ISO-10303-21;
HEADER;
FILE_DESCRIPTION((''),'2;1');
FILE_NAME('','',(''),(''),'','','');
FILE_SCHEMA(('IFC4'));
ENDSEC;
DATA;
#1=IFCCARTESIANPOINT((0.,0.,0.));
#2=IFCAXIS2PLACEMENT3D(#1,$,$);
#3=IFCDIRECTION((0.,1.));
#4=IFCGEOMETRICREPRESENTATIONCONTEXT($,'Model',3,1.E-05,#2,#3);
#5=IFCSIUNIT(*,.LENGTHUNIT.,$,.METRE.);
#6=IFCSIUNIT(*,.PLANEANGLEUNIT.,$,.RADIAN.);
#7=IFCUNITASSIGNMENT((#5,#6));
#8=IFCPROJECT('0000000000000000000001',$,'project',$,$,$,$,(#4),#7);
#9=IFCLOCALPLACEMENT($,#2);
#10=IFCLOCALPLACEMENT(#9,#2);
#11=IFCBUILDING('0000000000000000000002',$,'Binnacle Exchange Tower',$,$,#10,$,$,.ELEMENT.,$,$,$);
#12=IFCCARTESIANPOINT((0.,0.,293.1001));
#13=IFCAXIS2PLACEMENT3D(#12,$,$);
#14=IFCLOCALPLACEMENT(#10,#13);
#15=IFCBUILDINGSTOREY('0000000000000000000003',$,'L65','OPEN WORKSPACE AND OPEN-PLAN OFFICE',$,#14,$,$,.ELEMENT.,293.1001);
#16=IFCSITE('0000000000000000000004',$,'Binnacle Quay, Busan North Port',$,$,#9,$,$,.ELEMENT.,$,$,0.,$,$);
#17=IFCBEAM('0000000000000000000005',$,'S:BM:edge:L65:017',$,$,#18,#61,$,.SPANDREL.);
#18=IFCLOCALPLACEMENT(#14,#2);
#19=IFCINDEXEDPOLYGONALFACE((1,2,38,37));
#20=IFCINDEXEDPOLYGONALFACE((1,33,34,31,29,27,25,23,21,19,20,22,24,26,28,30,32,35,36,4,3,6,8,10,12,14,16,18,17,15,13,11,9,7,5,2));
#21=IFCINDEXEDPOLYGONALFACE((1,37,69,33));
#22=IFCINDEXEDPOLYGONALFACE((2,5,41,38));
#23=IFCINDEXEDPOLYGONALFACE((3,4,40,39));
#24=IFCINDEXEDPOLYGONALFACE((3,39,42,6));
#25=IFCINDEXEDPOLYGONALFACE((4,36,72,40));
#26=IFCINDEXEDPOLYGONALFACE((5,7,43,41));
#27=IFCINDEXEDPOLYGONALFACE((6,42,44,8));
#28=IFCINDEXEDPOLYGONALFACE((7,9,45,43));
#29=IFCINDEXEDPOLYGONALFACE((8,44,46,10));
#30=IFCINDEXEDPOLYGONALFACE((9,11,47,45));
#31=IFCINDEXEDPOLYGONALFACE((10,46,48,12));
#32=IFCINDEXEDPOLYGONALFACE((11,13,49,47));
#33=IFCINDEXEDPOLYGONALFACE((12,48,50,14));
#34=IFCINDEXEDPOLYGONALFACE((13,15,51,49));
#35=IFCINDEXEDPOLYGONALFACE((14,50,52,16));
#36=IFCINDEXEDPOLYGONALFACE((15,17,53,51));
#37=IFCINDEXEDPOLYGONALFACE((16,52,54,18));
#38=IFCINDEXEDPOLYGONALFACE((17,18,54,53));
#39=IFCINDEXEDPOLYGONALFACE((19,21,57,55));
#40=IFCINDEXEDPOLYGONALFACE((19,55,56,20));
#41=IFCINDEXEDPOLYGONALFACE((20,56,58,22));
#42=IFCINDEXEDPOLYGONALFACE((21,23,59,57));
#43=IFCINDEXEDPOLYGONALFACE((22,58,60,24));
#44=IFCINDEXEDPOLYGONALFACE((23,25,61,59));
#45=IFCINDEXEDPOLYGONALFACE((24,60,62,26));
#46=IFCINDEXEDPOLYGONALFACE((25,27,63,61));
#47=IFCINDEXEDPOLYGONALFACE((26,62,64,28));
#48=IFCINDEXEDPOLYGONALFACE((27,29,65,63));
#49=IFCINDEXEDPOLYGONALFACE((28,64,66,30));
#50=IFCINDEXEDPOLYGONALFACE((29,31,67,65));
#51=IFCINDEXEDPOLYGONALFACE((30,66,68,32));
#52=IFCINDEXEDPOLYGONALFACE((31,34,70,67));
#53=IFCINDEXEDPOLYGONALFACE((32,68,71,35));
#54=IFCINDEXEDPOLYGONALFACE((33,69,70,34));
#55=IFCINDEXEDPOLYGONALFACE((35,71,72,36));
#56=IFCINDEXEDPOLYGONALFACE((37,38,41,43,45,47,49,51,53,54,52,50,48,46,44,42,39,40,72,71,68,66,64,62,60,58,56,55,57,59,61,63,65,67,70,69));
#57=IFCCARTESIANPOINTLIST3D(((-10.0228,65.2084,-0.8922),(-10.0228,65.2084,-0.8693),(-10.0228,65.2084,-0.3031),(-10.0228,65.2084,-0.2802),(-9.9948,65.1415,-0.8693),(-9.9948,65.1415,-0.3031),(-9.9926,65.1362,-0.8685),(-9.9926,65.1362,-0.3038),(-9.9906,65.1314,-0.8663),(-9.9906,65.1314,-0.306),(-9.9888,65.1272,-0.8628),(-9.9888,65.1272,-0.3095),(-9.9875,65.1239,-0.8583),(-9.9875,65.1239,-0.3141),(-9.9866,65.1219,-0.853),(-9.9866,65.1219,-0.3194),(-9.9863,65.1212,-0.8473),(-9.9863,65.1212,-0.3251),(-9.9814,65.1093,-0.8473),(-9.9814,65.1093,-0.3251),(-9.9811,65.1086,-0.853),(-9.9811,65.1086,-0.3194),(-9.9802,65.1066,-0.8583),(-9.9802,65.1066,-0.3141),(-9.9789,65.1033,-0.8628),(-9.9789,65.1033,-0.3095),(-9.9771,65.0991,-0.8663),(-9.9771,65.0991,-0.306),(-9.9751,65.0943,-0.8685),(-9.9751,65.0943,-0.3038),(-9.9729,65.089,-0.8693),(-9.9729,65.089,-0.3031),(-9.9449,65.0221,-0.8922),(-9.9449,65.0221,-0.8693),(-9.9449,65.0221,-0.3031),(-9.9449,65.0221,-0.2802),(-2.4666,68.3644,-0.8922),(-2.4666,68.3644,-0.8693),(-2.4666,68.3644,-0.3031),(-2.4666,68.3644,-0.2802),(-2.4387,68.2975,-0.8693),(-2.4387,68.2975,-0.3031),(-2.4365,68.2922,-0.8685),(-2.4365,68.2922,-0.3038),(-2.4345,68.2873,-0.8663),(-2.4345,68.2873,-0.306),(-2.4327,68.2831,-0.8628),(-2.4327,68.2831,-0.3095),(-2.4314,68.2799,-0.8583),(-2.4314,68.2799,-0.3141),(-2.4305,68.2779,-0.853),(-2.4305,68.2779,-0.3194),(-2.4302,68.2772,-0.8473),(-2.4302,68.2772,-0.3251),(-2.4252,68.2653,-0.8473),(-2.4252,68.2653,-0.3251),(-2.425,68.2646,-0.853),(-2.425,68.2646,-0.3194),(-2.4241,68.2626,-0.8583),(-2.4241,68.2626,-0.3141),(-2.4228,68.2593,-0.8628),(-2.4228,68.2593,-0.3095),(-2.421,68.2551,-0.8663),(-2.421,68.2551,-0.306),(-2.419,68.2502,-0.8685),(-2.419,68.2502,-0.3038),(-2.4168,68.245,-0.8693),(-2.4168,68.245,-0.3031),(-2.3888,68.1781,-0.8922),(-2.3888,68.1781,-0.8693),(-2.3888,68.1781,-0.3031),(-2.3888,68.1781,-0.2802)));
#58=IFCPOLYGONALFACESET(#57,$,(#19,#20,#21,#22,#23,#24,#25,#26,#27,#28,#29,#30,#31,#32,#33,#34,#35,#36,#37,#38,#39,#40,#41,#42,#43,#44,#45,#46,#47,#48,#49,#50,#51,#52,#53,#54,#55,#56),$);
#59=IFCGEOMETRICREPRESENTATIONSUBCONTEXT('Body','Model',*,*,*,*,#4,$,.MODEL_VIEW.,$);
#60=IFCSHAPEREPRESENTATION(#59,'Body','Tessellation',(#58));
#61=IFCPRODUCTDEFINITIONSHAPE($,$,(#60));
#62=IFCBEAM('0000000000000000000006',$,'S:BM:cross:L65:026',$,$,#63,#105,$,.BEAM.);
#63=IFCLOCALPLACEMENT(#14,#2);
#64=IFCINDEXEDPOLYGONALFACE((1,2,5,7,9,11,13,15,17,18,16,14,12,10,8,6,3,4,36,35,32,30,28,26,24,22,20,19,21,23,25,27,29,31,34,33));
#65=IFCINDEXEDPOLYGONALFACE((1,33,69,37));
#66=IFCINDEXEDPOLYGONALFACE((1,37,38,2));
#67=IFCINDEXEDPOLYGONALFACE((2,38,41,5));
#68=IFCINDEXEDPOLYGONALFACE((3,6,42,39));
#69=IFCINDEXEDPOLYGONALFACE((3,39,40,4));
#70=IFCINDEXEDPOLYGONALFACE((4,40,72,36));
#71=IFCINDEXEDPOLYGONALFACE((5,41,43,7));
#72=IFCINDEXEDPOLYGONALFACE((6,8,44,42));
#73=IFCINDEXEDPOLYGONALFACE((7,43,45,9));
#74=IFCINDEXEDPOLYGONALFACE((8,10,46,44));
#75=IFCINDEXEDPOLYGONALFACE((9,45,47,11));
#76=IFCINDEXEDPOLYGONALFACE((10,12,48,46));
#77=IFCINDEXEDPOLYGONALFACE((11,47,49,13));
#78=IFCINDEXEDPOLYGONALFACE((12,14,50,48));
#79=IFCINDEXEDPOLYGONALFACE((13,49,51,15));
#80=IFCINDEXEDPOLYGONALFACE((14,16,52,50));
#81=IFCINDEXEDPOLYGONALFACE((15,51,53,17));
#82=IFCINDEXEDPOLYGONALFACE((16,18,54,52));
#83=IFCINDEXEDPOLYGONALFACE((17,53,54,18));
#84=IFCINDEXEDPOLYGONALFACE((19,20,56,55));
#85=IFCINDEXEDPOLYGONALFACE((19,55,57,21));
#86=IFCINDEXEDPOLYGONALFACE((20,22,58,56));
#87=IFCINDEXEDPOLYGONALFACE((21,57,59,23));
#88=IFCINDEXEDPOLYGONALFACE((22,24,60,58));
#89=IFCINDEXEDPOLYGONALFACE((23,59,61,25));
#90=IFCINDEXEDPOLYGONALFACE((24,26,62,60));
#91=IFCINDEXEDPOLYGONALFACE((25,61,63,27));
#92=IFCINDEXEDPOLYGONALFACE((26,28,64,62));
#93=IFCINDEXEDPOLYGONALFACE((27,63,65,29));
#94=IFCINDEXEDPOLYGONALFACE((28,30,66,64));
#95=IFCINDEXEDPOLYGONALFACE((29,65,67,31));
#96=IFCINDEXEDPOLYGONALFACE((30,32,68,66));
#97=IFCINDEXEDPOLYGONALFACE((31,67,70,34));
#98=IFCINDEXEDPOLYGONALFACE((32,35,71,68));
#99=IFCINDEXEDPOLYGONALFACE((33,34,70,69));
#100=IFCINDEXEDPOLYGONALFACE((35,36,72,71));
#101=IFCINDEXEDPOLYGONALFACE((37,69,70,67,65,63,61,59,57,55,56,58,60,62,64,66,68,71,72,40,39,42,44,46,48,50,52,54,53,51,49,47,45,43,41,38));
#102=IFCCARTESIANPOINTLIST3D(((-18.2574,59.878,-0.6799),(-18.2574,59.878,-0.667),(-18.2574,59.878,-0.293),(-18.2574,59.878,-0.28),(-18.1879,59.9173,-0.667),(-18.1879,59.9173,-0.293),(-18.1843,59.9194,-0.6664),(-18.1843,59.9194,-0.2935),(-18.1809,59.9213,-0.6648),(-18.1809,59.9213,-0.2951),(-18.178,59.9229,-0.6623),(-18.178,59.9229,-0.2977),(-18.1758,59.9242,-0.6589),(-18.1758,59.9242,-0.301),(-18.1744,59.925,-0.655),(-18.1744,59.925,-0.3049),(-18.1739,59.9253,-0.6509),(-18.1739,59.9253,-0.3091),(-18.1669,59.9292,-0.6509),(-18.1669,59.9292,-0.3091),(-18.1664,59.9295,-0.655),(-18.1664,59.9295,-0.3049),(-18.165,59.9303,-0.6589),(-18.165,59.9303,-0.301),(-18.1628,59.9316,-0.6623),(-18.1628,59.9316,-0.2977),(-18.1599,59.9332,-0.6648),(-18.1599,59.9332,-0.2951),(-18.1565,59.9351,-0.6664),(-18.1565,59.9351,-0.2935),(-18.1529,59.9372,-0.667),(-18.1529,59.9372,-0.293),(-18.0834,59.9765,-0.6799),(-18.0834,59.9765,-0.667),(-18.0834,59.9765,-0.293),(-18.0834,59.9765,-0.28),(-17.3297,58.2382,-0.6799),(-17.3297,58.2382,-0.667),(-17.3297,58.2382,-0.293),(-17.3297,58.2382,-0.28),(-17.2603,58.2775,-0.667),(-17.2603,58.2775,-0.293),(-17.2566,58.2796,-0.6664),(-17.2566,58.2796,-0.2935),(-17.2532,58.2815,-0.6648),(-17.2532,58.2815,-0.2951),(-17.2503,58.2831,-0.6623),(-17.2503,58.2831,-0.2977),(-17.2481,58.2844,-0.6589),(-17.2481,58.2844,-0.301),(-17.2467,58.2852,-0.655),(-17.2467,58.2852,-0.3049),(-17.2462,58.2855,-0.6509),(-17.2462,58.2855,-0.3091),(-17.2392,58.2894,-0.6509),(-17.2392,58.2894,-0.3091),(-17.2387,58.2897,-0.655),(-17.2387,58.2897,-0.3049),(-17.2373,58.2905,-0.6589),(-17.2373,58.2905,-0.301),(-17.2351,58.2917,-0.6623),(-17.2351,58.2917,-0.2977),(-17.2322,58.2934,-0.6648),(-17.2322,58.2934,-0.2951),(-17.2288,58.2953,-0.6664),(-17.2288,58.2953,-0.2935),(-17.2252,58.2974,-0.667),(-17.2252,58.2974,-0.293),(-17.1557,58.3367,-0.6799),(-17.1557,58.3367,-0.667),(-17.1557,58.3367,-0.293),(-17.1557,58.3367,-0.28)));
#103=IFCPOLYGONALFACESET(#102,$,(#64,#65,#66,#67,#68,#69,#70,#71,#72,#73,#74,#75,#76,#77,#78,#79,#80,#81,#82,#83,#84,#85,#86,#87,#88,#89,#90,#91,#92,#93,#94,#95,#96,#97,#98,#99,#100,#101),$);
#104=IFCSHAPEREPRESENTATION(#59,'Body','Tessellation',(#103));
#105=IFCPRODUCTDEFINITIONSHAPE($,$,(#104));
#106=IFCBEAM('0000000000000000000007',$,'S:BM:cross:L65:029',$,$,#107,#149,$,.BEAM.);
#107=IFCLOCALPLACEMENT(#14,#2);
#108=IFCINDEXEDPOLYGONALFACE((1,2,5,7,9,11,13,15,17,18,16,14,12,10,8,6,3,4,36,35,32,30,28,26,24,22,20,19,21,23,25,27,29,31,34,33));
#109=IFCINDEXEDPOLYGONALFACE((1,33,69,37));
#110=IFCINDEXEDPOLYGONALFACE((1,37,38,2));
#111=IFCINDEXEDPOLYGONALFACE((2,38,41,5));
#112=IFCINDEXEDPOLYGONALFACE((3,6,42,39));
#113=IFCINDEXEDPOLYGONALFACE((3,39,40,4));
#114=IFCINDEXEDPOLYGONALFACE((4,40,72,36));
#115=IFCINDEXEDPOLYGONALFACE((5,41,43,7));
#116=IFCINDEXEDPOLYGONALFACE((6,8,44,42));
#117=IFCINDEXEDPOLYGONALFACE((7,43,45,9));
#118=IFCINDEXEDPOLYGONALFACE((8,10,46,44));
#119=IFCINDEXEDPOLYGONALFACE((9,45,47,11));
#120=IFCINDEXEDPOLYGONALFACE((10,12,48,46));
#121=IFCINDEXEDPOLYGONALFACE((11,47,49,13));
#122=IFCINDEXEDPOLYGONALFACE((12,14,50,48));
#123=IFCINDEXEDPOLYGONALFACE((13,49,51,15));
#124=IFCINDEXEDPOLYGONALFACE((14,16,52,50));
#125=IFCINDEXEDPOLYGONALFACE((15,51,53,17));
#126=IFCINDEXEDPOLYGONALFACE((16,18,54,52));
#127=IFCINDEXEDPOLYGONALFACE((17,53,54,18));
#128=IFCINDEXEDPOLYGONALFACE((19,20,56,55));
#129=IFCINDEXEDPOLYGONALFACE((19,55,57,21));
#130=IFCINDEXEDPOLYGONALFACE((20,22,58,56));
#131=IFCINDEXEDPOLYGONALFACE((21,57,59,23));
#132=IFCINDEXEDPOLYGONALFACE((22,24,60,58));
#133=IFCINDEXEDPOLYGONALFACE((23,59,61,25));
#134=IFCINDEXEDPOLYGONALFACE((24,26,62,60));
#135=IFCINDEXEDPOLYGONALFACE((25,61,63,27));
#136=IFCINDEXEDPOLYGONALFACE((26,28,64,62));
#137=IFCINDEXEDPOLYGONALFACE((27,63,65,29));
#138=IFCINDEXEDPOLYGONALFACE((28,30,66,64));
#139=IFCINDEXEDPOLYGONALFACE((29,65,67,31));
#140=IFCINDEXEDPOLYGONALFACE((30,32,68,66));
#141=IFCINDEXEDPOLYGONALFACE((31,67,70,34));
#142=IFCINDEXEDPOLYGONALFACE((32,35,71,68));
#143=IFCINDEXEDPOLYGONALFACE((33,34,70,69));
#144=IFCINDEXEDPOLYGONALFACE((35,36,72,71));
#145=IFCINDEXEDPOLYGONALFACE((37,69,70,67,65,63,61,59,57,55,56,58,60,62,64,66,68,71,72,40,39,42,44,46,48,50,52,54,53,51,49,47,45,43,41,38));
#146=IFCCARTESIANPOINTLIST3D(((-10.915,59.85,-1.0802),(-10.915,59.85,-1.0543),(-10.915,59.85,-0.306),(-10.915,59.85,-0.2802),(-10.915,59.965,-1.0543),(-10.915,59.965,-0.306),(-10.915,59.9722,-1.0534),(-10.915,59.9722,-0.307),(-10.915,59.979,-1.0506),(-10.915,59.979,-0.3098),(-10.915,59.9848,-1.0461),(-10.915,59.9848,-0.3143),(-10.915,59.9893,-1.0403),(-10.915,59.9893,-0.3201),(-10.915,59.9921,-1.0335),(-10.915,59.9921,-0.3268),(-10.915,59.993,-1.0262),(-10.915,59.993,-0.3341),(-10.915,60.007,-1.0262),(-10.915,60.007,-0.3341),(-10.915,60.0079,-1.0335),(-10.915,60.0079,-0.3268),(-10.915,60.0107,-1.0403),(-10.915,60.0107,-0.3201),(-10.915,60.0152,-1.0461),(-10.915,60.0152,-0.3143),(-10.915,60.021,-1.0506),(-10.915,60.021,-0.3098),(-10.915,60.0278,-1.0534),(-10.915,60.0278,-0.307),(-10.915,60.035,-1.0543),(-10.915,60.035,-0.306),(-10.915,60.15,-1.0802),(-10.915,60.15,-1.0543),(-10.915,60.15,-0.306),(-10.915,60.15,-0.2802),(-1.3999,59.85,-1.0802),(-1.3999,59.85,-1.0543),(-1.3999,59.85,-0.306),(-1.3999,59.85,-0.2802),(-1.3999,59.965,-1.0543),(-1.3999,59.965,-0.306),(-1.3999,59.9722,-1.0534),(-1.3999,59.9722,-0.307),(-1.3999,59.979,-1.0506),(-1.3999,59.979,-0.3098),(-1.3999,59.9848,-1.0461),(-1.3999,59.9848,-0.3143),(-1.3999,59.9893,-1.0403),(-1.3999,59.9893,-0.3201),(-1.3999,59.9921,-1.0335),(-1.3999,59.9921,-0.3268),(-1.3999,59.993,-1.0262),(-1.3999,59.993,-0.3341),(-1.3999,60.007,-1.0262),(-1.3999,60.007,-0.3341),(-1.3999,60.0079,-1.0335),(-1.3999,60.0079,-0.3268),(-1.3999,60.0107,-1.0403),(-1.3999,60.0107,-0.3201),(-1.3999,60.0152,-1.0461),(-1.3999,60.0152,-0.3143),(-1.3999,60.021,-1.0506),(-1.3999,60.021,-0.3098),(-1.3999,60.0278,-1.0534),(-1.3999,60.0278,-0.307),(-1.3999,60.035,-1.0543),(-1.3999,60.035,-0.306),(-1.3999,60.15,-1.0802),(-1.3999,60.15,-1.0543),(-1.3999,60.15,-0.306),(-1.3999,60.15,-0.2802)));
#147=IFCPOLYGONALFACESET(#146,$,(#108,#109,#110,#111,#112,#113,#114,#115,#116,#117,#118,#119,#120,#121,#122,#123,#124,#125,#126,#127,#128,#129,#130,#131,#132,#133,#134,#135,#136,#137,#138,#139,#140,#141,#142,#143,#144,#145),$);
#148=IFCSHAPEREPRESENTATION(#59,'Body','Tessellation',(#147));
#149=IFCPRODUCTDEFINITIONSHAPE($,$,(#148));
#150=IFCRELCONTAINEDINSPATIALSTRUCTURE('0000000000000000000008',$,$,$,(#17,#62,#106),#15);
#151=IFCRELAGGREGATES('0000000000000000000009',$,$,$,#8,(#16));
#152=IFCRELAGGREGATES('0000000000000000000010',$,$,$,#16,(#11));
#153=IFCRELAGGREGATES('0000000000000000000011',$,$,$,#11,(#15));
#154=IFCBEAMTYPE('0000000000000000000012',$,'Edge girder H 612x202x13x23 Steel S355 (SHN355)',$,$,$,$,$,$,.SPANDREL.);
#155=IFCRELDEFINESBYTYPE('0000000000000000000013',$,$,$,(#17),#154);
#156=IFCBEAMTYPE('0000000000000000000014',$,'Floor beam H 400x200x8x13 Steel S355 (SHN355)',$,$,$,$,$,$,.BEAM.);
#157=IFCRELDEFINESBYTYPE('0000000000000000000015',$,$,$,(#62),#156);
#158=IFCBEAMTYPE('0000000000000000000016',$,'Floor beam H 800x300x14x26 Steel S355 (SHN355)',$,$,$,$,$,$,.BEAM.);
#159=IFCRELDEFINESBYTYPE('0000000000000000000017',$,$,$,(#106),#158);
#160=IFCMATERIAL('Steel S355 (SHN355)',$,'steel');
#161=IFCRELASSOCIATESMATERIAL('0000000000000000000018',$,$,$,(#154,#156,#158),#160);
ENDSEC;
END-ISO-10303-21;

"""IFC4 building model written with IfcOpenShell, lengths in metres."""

from ifc_helpers import new_model, si_unit, direction, frame, origin, origin_2d, place, context, subcontext, project, spatial, i_section, extrude, material, material_profile, profile_set, type_object, element, save


model = new_model("IFC4")

# Units and contexts
model_context = context("Model", 3, precision=1e-05, world=origin(), true_north=direction((0.0, 1.0)))
body_context = subcontext(model_context, "Body", "Model", "MODEL_VIEW")
ifc_project = project(units=[si_unit("LENGTHUNIT", "METRE"), si_unit("PLANEANGLEUNIT", "RADIAN")], contexts=[model_context])

# Site, building, storey
site_placement = place(None, origin())
site = spatial("IfcSite", under=ifc_project, at=site_placement, Name="Binnacle Quay, Busan North Port", CompositionType="ELEMENT", RefElevation=0.0)
building_placement = place(site_placement, origin())
building = spatial("IfcBuilding", under=site, at=building_placement, Name="Binnacle Exchange Tower", CompositionType="ELEMENT")
storey_placement = place(building_placement, frame((0.0, 0.0, 293.1001)))
storey = spatial("IfcBuildingStorey", under=building, at=storey_placement, Name="L65", Description="OPEN WORKSPACE AND OPEN-PLAN OFFICE", CompositionType="ELEMENT", Elevation=293.1001)

# Beams
ifc_material_1 = material(Name="Steel S355 (SHN355)", Category="steel")
ifc_material_profile_1 = material_profile(ifc_material_1, i_section(OverallWidth=0.2019, OverallDepth=0.6121, WebThickness=0.0129, FlangeThickness=0.0229, FilletRadius=0.022, at=origin_2d()), Name="H 612x202x13x23")
ifc_profile_set_1 = profile_set([ifc_material_profile_1], Name="Steel S355 (SHN355)")
beam_type_1 = type_object("IfcBeamType", Name="Edge girder H 612x202x13x23 Steel S355 (SHN355)", PredefinedType="SPANDREL", material=ifc_profile_set_1)
beam_1_placement = place(storey_placement, frame((-2.4277, 68.2712, -0.5862), z_axis=(-0.922747, -0.385407, 0.0), x_axis=(0.385407, -0.922747, 0.0)))
element("IfcBeam", 1, at=beam_1_placement, inside=storey, type_object=beam_type_1, Name="S:BM:edge:L65:017", PredefinedType="SPANDREL", context=body_context, shape_type="SweptSolid", body=[
    extrude(i_section(OverallWidth=0.2019, OverallDepth=0.6121, WebThickness=0.0129, FlangeThickness=0.0229, FilletRadius=0.022, at=origin_2d()), origin(), (0.0, 0.0, 1.0), 8.1887),
])
ifc_material_profile_2 = material_profile(ifc_material_1, i_section(OverallWidth=0.2, OverallDepth=0.3999, WebThickness=0.0081, FlangeThickness=0.0129, FilletRadius=0.0161, at=origin_2d()), Name="H 400x200x8x13")
ifc_profile_set_2 = profile_set([ifc_material_profile_2], Name="Steel S355 (SHN355)")
beam_type_2 = type_object("IfcBeamType", Name="Floor beam H 400x200x8x13 Steel S355 (SHN355)", PredefinedType="BEAM", material=ifc_profile_set_2)
beam_2_placement = place(storey_placement, frame((-18.1704, 59.9272, -0.48), z_axis=(0.492395, -0.870372, 0.0), x_axis=(0.870372, 0.492395, 0.0)))
element("IfcBeam", 2, at=beam_2_placement, inside=storey, type_object=beam_type_2, Name="S:BM:cross:L65:026", PredefinedType="BEAM", context=body_context, shape_type="SweptSolid", body=[
    extrude(i_section(OverallWidth=0.2, OverallDepth=0.3999, WebThickness=0.0081, FlangeThickness=0.0129, FilletRadius=0.0161, at=origin_2d()), origin(), (0.0, 0.0, 1.0), 1.884),
])
ifc_material_profile_3 = material_profile(ifc_material_1, i_section(OverallWidth=0.3, OverallDepth=0.8, WebThickness=0.0139, FlangeThickness=0.0259, FilletRadius=0.0281, at=origin_2d()), Name="H 800x300x14x26")
ifc_profile_set_3 = profile_set([ifc_material_profile_3], Name="Steel S355 (SHN355)")
beam_type_3 = type_object("IfcBeamType", Name="Floor beam H 800x300x14x26 Steel S355 (SHN355)", PredefinedType="BEAM", material=ifc_profile_set_3)
beam_3_placement = place(storey_placement, frame((-1.3999, 60.0, -0.6802), z_axis=(-1.0, 0.0, 0.0), x_axis=(0.0, -1.0, 0.0)))
element("IfcBeam", 3, at=beam_3_placement, inside=storey, type_object=beam_type_3, Name="S:BM:cross:L65:029", PredefinedType="BEAM", context=body_context, shape_type="SweptSolid", body=[
    extrude(i_section(OverallWidth=0.3, OverallDepth=0.8, WebThickness=0.0139, FlangeThickness=0.0259, FilletRadius=0.0281, at=origin_2d()), origin(), (0.0, 0.0, 1.0), 9.5151),
])

save(model, "model.ifc")
